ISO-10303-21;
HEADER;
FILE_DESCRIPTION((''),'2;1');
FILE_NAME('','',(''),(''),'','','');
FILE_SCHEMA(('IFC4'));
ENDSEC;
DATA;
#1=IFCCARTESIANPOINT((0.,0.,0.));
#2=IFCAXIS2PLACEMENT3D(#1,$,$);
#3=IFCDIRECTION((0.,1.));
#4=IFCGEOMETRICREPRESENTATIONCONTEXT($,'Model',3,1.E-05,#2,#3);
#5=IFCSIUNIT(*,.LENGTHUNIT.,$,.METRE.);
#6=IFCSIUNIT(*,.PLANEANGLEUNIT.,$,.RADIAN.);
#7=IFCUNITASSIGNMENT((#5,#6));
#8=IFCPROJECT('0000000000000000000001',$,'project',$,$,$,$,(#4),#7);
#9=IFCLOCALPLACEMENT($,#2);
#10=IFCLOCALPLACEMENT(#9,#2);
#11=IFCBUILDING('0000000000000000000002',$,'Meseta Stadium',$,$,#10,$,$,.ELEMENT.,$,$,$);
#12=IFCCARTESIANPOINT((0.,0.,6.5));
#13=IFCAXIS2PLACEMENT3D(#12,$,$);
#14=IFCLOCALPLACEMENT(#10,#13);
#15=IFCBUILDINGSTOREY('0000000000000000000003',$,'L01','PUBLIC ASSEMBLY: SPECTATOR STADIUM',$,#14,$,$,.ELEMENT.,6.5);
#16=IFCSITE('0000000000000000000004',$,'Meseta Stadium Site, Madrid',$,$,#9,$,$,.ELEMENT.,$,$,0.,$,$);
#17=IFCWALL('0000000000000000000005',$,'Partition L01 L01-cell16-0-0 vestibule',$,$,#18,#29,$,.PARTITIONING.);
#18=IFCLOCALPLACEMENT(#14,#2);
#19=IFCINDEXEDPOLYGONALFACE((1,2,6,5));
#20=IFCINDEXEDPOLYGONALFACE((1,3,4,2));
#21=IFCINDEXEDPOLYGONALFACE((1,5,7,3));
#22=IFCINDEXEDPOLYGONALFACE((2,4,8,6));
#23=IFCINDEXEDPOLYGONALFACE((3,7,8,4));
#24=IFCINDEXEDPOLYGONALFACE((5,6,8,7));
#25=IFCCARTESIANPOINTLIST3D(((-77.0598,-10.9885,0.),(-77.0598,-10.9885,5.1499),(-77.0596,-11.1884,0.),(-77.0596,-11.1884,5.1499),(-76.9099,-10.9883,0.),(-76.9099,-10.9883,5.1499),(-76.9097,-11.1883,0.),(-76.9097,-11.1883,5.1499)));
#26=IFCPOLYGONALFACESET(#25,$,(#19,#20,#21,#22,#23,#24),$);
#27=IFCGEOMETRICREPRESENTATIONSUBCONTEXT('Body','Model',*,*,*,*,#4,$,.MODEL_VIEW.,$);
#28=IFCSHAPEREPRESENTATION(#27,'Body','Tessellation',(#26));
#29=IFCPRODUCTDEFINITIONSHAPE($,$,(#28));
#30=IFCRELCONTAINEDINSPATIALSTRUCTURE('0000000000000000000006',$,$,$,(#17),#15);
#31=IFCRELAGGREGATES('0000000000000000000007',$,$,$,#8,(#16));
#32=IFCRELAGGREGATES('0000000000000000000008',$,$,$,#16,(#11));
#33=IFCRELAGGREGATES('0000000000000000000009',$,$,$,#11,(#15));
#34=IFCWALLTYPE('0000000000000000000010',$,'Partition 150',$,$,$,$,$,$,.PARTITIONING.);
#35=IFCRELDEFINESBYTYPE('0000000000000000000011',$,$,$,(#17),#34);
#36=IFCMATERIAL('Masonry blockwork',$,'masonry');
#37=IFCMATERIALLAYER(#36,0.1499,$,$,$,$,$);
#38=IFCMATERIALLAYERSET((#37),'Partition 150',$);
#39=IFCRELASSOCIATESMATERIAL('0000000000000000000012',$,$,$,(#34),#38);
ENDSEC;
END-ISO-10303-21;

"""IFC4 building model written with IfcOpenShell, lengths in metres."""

from ifc_helpers import new_model, si_unit, direction, frame, frame_2d, origin, place, context, subcontext, project, spatial, rectangle, extrude, material, layer, layer_set, type_object, element, save


model = new_model("IFC4")

# Units and contexts
model_context = context("Model", 3, precision=1e-05, world=origin(), true_north=direction((0.0, 1.0)))
body_context = subcontext(model_context, "Body", "Model", "MODEL_VIEW")
ifc_project = project(units=[si_unit("LENGTHUNIT", "METRE"), si_unit("PLANEANGLEUNIT", "RADIAN")], contexts=[model_context])

# Site, building, storey
site_placement = place(None, origin())
site = spatial("IfcSite", under=ifc_project, at=site_placement, Name="Meseta Stadium Site, Madrid", CompositionType="ELEMENT", RefElevation=0.0)
building_placement = place(site_placement, origin())
building = spatial("IfcBuilding", under=site, at=building_placement, Name="Meseta Stadium", CompositionType="ELEMENT")
storey_placement = place(building_placement, frame((0.0, 0.0, 6.5)))
storey = spatial("IfcBuildingStorey", under=building, at=storey_placement, Name="L01", Description="PUBLIC ASSEMBLY: SPECTATOR STADIUM", CompositionType="ELEMENT", Elevation=6.5)

# Shared definitions
ifc_material_1 = material(Name="Masonry blockwork", Category="masonry")
ifc_layer = layer(ifc_material_1, 0.1499)
ifc_layer_set = layer_set([ifc_layer], Name="Partition 150")
wall_type = type_object("IfcWallType", Name="Partition 150", PredefinedType="PARTITIONING", material=ifc_layer_set)

# Wall
wall_1_placement = place(storey_placement, frame((-76.9846, -11.1885, 0.0), z_axis=(0.0, 0.0, 1.0), x_axis=(-0.001221, 0.999999, 0.0)))
element("IfcWall", 1, at=wall_1_placement, inside=storey, type_object=wall_type, Name="Partition L01 L01-cell16-0-0 vestibule", PredefinedType="PARTITIONING", context=body_context, shape_type="SweptSolid", body=[
    extrude(rectangle(XDim=0.2, YDim=0.1499, at=frame_2d((0.1001, 0.0))), origin(), (0.0, 0.0, 1.0), 5.1499),
])

save(model, "model.ifc")
